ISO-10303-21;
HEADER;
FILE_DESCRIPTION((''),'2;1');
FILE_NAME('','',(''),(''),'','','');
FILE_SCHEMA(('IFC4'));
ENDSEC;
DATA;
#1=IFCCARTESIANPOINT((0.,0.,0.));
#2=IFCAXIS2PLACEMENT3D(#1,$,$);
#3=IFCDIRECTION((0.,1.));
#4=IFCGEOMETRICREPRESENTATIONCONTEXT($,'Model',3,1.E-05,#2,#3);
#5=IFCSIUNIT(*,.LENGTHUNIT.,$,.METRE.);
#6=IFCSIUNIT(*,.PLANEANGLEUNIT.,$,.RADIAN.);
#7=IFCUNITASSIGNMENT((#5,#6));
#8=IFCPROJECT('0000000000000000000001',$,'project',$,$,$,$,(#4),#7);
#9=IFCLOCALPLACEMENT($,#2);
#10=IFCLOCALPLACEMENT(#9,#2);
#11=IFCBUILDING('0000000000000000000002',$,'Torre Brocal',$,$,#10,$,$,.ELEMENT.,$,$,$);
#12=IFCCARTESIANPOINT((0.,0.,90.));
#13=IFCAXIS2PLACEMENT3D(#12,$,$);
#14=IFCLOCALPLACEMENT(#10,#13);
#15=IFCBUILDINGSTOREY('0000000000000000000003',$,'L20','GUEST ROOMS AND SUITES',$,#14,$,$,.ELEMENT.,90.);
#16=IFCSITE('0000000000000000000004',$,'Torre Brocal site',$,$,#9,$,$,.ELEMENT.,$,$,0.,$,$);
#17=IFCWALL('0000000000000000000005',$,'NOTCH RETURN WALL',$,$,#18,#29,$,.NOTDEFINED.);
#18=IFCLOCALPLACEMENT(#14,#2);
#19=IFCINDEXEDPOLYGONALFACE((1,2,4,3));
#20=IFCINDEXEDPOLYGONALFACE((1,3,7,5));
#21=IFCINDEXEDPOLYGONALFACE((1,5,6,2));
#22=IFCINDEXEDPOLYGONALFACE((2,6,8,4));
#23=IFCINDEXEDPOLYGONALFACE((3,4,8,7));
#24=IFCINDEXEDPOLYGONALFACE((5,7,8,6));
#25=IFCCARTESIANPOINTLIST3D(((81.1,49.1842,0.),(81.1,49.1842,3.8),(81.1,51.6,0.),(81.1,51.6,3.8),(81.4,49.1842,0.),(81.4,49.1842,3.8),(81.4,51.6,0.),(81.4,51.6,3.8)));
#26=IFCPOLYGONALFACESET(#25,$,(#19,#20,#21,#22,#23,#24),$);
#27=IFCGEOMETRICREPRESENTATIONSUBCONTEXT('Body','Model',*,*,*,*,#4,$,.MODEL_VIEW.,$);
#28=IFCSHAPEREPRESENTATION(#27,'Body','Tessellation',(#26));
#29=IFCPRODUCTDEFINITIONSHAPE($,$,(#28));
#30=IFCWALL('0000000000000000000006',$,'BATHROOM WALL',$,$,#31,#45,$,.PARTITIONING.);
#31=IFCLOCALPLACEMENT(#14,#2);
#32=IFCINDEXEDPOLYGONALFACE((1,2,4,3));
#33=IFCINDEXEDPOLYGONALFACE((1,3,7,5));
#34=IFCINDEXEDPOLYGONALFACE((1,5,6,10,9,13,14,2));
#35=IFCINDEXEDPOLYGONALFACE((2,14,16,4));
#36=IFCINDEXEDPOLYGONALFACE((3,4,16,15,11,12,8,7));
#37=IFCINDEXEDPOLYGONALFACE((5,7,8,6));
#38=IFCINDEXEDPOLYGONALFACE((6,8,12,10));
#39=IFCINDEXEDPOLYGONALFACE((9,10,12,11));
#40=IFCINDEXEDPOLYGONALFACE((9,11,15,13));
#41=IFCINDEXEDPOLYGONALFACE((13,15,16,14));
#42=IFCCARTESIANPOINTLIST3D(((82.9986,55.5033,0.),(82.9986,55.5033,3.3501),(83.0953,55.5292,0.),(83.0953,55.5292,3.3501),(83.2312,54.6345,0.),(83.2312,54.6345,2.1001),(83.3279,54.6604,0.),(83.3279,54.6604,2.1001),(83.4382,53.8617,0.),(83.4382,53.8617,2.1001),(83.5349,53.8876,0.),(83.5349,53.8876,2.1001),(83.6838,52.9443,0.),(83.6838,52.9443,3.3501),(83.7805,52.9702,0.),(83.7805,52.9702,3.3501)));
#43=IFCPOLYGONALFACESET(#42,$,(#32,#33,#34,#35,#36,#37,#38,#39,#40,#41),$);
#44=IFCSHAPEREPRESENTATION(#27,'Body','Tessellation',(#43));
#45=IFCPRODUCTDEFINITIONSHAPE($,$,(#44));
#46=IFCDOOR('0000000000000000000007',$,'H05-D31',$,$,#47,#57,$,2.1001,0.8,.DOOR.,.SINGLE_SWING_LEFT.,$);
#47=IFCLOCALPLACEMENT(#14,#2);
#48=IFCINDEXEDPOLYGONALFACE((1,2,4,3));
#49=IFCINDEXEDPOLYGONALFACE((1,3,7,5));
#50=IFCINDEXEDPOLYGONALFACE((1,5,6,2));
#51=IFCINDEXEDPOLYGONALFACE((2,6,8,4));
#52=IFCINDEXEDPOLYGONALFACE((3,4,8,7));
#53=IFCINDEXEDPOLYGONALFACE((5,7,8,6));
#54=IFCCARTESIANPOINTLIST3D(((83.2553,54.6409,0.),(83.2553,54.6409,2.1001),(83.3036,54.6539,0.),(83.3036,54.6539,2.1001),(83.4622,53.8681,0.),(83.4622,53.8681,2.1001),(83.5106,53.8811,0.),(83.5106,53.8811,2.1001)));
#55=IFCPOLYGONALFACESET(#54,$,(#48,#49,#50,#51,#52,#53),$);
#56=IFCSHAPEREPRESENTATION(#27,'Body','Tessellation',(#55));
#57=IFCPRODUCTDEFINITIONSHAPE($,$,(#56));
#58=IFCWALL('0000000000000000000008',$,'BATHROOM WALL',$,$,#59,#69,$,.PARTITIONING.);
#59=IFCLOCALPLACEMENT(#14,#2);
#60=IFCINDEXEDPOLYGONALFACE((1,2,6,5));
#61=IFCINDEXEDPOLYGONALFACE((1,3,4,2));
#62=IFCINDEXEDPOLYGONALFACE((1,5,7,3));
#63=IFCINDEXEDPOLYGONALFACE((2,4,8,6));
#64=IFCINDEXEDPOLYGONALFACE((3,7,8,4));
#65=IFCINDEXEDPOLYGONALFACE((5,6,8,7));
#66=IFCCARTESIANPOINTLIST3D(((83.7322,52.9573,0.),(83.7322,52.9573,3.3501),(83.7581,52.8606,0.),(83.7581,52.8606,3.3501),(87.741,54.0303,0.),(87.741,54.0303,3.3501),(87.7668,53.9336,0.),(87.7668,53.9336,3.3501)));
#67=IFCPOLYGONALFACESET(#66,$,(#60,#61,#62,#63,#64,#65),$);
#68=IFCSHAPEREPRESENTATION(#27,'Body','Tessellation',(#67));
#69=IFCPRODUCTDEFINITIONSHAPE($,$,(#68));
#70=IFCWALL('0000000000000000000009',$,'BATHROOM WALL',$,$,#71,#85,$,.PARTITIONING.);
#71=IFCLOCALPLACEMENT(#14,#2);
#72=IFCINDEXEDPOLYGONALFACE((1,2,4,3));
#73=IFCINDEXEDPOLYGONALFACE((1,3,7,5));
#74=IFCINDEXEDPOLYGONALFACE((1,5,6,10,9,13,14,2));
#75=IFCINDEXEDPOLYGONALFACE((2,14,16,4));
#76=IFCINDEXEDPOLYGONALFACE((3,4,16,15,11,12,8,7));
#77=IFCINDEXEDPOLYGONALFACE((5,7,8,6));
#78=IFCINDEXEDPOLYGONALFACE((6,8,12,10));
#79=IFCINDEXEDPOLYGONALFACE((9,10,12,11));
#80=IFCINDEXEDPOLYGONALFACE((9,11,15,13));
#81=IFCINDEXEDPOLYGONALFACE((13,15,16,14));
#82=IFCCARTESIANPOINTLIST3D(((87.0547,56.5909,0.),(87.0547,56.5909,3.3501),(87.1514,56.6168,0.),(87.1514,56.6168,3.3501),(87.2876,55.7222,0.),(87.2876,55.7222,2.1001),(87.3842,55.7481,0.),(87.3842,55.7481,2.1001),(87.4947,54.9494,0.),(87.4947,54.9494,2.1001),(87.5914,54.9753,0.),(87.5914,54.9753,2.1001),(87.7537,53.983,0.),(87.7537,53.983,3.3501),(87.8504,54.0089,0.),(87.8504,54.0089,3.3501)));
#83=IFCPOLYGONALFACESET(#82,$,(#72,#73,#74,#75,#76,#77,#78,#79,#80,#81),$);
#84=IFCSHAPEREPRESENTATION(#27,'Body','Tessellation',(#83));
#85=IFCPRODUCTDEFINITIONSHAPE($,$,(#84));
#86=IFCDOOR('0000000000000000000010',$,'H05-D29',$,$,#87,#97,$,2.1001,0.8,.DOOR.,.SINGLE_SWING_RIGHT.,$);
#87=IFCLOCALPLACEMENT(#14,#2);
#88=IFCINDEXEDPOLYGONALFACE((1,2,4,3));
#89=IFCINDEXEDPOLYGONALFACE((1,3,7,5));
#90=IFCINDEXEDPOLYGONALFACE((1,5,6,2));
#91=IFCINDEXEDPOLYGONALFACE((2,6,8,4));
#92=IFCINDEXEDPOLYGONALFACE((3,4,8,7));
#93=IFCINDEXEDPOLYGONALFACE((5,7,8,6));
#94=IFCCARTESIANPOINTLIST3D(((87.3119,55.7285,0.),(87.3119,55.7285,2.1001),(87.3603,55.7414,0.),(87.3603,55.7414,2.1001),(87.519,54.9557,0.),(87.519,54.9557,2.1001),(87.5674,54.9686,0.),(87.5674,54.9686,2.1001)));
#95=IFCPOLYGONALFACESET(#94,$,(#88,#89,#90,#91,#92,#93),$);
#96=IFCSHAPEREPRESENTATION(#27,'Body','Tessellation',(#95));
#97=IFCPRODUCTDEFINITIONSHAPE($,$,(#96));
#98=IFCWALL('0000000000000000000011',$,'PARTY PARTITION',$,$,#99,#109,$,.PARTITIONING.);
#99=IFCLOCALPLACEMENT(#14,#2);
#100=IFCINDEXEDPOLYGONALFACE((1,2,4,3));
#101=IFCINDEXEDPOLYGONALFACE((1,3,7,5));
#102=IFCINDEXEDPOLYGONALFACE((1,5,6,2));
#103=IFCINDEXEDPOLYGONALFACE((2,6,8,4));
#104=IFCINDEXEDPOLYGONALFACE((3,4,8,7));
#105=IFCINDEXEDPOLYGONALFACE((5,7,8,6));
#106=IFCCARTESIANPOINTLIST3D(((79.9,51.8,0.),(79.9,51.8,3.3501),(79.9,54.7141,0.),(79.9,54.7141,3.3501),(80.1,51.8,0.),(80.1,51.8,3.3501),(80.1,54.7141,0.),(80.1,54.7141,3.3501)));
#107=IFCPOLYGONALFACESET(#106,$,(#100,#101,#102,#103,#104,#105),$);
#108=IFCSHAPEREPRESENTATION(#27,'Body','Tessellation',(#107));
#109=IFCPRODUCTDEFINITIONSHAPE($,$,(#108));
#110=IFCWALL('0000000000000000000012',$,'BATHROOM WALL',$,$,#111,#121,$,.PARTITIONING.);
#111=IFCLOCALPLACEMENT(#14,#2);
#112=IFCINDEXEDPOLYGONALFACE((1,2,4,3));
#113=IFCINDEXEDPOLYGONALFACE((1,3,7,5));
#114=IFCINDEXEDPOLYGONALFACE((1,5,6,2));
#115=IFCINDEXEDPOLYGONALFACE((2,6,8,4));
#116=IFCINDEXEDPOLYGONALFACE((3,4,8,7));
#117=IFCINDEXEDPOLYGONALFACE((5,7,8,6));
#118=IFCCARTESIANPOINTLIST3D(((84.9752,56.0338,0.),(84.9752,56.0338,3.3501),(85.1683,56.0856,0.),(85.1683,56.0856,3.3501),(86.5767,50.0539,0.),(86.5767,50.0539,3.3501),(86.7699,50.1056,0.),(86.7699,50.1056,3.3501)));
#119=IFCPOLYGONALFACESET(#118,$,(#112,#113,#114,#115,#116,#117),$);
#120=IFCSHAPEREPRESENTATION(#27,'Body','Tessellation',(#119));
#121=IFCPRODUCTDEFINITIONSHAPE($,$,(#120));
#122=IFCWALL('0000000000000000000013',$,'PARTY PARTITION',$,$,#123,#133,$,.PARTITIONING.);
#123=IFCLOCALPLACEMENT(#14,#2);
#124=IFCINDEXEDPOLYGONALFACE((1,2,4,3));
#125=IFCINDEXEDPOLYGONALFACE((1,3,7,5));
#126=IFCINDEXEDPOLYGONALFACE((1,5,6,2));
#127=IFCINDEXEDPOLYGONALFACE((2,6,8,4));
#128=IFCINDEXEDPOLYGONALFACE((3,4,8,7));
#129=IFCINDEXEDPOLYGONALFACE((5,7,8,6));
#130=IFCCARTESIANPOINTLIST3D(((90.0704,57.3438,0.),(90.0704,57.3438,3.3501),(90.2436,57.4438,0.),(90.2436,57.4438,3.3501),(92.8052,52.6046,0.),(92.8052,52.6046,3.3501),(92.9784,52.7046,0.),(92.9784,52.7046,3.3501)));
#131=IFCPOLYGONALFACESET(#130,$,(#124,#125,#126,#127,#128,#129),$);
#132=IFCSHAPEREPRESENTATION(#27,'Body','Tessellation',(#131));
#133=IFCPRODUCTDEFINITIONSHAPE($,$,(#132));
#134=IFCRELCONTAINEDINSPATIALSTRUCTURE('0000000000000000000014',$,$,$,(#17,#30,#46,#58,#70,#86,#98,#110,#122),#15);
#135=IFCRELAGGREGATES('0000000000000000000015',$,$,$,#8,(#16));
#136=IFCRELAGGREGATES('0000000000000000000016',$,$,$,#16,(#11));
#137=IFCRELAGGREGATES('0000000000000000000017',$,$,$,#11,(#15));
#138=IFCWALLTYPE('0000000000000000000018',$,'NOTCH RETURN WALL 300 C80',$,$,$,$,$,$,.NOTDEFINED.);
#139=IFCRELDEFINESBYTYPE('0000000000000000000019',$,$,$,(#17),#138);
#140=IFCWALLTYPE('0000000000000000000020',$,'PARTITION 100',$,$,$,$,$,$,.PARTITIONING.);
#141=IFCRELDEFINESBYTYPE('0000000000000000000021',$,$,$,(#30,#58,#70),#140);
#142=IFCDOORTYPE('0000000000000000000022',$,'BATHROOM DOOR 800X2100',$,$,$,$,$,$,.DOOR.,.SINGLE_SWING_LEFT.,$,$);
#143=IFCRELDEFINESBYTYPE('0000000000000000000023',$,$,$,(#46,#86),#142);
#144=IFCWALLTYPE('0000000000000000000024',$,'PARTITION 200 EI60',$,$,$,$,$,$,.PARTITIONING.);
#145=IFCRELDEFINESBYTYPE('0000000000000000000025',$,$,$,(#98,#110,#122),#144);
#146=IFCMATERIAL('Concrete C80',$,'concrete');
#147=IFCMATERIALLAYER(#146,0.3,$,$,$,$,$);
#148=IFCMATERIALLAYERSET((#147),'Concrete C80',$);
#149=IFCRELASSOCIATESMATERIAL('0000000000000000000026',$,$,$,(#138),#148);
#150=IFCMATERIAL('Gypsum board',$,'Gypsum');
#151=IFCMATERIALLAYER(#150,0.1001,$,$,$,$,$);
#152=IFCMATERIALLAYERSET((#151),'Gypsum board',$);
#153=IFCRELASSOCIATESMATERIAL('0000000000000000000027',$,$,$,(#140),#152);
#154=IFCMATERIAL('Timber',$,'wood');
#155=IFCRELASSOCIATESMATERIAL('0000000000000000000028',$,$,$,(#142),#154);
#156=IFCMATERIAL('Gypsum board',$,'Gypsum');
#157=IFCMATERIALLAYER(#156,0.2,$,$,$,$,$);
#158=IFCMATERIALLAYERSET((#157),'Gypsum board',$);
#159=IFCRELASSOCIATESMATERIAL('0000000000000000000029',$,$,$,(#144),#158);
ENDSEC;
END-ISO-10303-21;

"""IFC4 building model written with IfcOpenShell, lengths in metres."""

from ifc_helpers import new_model, si_unit, direction, frame, frame_2d, origin, place, context, subcontext, project, spatial, rectangle, extrude, material, layer, layer_set, type_object, element, fill, save


model = new_model("IFC4")

# Units and contexts
model_context = context("Model", 3, precision=1e-05, world=origin(), true_north=direction((0.0, 1.0)))
body_context = subcontext(model_context, "Body", "Model", "MODEL_VIEW")
ifc_project = project(units=[si_unit("LENGTHUNIT", "METRE"), si_unit("PLANEANGLEUNIT", "RADIAN")], contexts=[model_context])

# Site, building, storey
site_placement = place(None, origin())
site = spatial("IfcSite", under=ifc_project, at=site_placement, Name="Torre Brocal site", CompositionType="ELEMENT", RefElevation=0.0)
building_placement = place(site_placement, origin())
building = spatial("IfcBuilding", under=site, at=building_placement, Name="Torre Brocal", CompositionType="ELEMENT")
storey_placement = place(building_placement, frame((0.0, 0.0, 90.0)))
storey = spatial("IfcBuildingStorey", under=building, at=storey_placement, Name="L20", Description="GUEST ROOMS AND SUITES", CompositionType="ELEMENT", Elevation=90.0)

# Wall
ifc_material_1 = material(Name="Concrete C80", Category="concrete")
ifc_layer_1 = layer(ifc_material_1, 0.3)
ifc_layer_set_1 = layer_set([ifc_layer_1], Name="Concrete C80")
wall_type_1 = type_object("IfcWallType", Name="NOTCH RETURN WALL 300 C80", PredefinedType="NOTDEFINED", material=ifc_layer_set_1)
wall_1_placement = place(storey_placement, frame((81.25, 51.6001, 0.0), z_axis=(0.0, 0.0, 1.0), x_axis=(0.0, -1.0, 0.0)))
element("IfcWall", 1, at=wall_1_placement, inside=storey, type_object=wall_type_1, Name="NOTCH RETURN WALL", PredefinedType="NOTDEFINED", context=body_context, shape_type="SweptSolid", body=[
    extrude(rectangle(XDim=2.4158, YDim=0.3, at=frame_2d((1.208, 0.0))), origin(), (0.0, 0.0, 1.0), 3.8),
])

# Wall, opening, door
ifc_material_2 = material(Name="Gypsum board", Category="Gypsum")
ifc_layer_2 = layer(ifc_material_2, 0.1001)
ifc_layer_set_2 = layer_set([ifc_layer_2], Name="Gypsum board")
wall_type_2 = type_object("IfcWallType", Name="PARTITION 100", PredefinedType="PARTITIONING", material=ifc_layer_set_2)
wall_2_placement = place(storey_placement, frame((83.0469, 55.5164, 0.0), z_axis=(0.0, 0.0, 1.0), x_axis=(0.258678, -0.965964, 0.0)))
wall_2 = element("IfcWall", 2, at=wall_2_placement, inside=storey, type_object=wall_type_2, Name="BATHROOM WALL", PredefinedType="PARTITIONING", context=body_context, shape_type="SweptSolid", body=[
    extrude(rectangle(XDim=2.6492, YDim=0.1001, at=frame_2d((1.3247, 0.0))), origin(), (0.0, 0.0, 1.0), 3.3501),
])
opening_1_placement = place(wall_2_placement, frame((0.8997, 0.0, 0.0)))
opening_1 = element("IfcOpeningElement", 3, at=opening_1_placement, cuts=wall_2, PredefinedType="OPENING", context=body_context, shape_type="SweptSolid", body=[
    extrude(rectangle(XDim=0.8, YDim=2.1001, at=frame_2d((0.3999, 1.05))), frame((0.0, 0.0601, 0.0), z_axis=(0.0, -1.0, 0.0), x_axis=(1.0, 0.0, 0.0)), (0.0, 0.0, 1.0), 0.1201),
])
ifc_material_3 = material(Name="Timber", Category="wood")
door_type_1 = type_object("IfcDoorType", Name="BATHROOM DOOR 800X2100", OperationType="SINGLE_SWING_LEFT", PredefinedType="DOOR", material=ifc_material_3)
door_1_placement = place(opening_1_placement, origin())
door_1 = element("IfcDoor", 4, at=door_1_placement, inside=storey, type_object=door_type_1, Name="H05-D31", OperationType="SINGLE_SWING_LEFT", OverallHeight=2.1001, OverallWidth=0.8, PredefinedType="DOOR", context=body_context, shape_type="SweptSolid", body=[
    extrude(rectangle(XDim=0.8, YDim=2.1001, at=frame_2d((0.3999, 1.05))), frame((0.0, 0.0249, 0.0), z_axis=(0.0, -1.0, 0.0), x_axis=(1.0, 0.0, 0.0)), (0.0, 0.0, 1.0), 0.05),
])
fill(opening_1, door_1)

# Wall
wall_3_placement = place(storey_placement, frame((83.7451, 52.9089, 0.0), z_axis=(0.0, 0.0, 1.0), x_axis=(0.965995, 0.25856, 0.0)))
element("IfcWall", 5, at=wall_3_placement, inside=storey, type_object=wall_type_2, Name="BATHROOM WALL", PredefinedType="PARTITIONING", context=body_context, shape_type="SweptSolid", body=[
    extrude(rectangle(XDim=4.1499, YDim=0.1001, at=frame_2d((2.075, 0.0))), origin(), (0.0, 0.0, 1.0), 3.3501),
])

# Wall, opening, door
wall_4_placement = place(storey_placement, frame((87.103, 56.604, 0.0), z_axis=(0.0, 0.0, 1.0), x_axis=(0.258884, -0.965908, 0.0)))
wall_4 = element("IfcWall", 6, at=wall_4_placement, inside=storey, type_object=wall_type_2, Name="BATHROOM WALL", PredefinedType="PARTITIONING", context=body_context, shape_type="SweptSolid", body=[
    extrude(rectangle(XDim=2.7, YDim=0.1001, at=frame_2d((1.3501, 0.0))), origin(), (0.0, 0.0, 1.0), 3.3501),
])
opening_2_placement = place(wall_4_placement, frame((0.8997, 0.0, 0.0)))
opening_2 = element("IfcOpeningElement", 7, at=opening_2_placement, cuts=wall_4, PredefinedType="OPENING", context=body_context, shape_type="SweptSolid", body=[
    extrude(rectangle(XDim=0.8, YDim=2.1001, at=frame_2d((0.3999, 1.05))), frame((0.0, 0.0601, 0.0), z_axis=(0.0, -1.0, 0.0), x_axis=(1.0, 0.0, 0.0)), (0.0, 0.0, 1.0), 0.1201),
])
door_2_placement = place(opening_2_placement, frame((0.8, 0.0, 0.0), z_axis=(0.0, 0.0, 1.0), x_axis=(-1.0, 0.0, 0.0)))
door_2 = element("IfcDoor", 8, at=door_2_placement, inside=storey, type_object=door_type_1, Name="H05-D29", OperationType="SINGLE_SWING_RIGHT", OverallHeight=2.1001, OverallWidth=0.8, PredefinedType="DOOR", context=body_context, shape_type="SweptSolid", body=[
    extrude(rectangle(XDim=0.8, YDim=2.1001, at=frame_2d((0.3999, 1.05))), frame((0.0, 0.0249, 0.0), z_axis=(0.0, -1.0, 0.0), x_axis=(1.0, 0.0, 0.0)), (0.0, 0.0, 1.0), 0.05),
])
fill(opening_2, door_2)

# Walls
ifc_material_4 = material(Name="Gypsum board", Category="Gypsum")
ifc_layer_3 = layer(ifc_material_4, 0.2)
ifc_layer_set_3 = layer_set([ifc_layer_3], Name="Gypsum board")
wall_type_3 = type_object("IfcWallType", Name="PARTITION 200 EI60", PredefinedType="PARTITIONING", material=ifc_layer_set_3)
wall_5_placement = place(storey_placement, frame((80.0, 51.8, 0.0), z_axis=(0.0, 0.0, 1.0), x_axis=(0.0, 1.0, 0.0)))
element("IfcWall", 9, at=wall_5_placement, inside=storey, type_object=wall_type_3, Name="PARTY PARTITION", PredefinedType="PARTITIONING", context=body_context, shape_type="SweptSolid", body=[
    extrude(rectangle(XDim=2.9141, YDim=0.2, at=frame_2d((1.457, 0.0))), origin(), (0.0, 0.0, 1.0), 3.3501),
])
wall_6_placement = place(storey_placement, frame((85.0718, 56.0596, 0.0), z_axis=(0.0, 0.0, 1.0), x_axis=(0.258703, -0.965957, 0.0)))
element("IfcWall", 10, at=wall_6_placement, inside=storey, type_object=wall_type_3, Name="BATHROOM WALL", PredefinedType="PARTITIONING", context=body_context, shape_type="SweptSolid", body=[
    extrude(rectangle(XDim=6.1907, YDim=0.2, at=frame_2d((3.0952, 0.0))), origin(), (0.0, 0.0, 1.0), 3.3501),
])
wall_7_placement = place(storey_placement, frame((90.157, 57.3938, 0.0), z_axis=(0.0, 0.0, 1.0), x_axis=(0.499815, -0.866132, 0.0)))
element("IfcWall", 11, at=wall_7_placement, inside=storey, type_object=wall_type_3, Name="PARTY PARTITION", PredefinedType="PARTITIONING", context=body_context, shape_type="SweptSolid", body=[
    extrude(rectangle(XDim=5.4717, YDim=0.2, at=frame_2d((2.7358, 0.0))), origin(), (0.0, 0.0, 1.0), 3.3501),
])

save(model, "model.ifc")
